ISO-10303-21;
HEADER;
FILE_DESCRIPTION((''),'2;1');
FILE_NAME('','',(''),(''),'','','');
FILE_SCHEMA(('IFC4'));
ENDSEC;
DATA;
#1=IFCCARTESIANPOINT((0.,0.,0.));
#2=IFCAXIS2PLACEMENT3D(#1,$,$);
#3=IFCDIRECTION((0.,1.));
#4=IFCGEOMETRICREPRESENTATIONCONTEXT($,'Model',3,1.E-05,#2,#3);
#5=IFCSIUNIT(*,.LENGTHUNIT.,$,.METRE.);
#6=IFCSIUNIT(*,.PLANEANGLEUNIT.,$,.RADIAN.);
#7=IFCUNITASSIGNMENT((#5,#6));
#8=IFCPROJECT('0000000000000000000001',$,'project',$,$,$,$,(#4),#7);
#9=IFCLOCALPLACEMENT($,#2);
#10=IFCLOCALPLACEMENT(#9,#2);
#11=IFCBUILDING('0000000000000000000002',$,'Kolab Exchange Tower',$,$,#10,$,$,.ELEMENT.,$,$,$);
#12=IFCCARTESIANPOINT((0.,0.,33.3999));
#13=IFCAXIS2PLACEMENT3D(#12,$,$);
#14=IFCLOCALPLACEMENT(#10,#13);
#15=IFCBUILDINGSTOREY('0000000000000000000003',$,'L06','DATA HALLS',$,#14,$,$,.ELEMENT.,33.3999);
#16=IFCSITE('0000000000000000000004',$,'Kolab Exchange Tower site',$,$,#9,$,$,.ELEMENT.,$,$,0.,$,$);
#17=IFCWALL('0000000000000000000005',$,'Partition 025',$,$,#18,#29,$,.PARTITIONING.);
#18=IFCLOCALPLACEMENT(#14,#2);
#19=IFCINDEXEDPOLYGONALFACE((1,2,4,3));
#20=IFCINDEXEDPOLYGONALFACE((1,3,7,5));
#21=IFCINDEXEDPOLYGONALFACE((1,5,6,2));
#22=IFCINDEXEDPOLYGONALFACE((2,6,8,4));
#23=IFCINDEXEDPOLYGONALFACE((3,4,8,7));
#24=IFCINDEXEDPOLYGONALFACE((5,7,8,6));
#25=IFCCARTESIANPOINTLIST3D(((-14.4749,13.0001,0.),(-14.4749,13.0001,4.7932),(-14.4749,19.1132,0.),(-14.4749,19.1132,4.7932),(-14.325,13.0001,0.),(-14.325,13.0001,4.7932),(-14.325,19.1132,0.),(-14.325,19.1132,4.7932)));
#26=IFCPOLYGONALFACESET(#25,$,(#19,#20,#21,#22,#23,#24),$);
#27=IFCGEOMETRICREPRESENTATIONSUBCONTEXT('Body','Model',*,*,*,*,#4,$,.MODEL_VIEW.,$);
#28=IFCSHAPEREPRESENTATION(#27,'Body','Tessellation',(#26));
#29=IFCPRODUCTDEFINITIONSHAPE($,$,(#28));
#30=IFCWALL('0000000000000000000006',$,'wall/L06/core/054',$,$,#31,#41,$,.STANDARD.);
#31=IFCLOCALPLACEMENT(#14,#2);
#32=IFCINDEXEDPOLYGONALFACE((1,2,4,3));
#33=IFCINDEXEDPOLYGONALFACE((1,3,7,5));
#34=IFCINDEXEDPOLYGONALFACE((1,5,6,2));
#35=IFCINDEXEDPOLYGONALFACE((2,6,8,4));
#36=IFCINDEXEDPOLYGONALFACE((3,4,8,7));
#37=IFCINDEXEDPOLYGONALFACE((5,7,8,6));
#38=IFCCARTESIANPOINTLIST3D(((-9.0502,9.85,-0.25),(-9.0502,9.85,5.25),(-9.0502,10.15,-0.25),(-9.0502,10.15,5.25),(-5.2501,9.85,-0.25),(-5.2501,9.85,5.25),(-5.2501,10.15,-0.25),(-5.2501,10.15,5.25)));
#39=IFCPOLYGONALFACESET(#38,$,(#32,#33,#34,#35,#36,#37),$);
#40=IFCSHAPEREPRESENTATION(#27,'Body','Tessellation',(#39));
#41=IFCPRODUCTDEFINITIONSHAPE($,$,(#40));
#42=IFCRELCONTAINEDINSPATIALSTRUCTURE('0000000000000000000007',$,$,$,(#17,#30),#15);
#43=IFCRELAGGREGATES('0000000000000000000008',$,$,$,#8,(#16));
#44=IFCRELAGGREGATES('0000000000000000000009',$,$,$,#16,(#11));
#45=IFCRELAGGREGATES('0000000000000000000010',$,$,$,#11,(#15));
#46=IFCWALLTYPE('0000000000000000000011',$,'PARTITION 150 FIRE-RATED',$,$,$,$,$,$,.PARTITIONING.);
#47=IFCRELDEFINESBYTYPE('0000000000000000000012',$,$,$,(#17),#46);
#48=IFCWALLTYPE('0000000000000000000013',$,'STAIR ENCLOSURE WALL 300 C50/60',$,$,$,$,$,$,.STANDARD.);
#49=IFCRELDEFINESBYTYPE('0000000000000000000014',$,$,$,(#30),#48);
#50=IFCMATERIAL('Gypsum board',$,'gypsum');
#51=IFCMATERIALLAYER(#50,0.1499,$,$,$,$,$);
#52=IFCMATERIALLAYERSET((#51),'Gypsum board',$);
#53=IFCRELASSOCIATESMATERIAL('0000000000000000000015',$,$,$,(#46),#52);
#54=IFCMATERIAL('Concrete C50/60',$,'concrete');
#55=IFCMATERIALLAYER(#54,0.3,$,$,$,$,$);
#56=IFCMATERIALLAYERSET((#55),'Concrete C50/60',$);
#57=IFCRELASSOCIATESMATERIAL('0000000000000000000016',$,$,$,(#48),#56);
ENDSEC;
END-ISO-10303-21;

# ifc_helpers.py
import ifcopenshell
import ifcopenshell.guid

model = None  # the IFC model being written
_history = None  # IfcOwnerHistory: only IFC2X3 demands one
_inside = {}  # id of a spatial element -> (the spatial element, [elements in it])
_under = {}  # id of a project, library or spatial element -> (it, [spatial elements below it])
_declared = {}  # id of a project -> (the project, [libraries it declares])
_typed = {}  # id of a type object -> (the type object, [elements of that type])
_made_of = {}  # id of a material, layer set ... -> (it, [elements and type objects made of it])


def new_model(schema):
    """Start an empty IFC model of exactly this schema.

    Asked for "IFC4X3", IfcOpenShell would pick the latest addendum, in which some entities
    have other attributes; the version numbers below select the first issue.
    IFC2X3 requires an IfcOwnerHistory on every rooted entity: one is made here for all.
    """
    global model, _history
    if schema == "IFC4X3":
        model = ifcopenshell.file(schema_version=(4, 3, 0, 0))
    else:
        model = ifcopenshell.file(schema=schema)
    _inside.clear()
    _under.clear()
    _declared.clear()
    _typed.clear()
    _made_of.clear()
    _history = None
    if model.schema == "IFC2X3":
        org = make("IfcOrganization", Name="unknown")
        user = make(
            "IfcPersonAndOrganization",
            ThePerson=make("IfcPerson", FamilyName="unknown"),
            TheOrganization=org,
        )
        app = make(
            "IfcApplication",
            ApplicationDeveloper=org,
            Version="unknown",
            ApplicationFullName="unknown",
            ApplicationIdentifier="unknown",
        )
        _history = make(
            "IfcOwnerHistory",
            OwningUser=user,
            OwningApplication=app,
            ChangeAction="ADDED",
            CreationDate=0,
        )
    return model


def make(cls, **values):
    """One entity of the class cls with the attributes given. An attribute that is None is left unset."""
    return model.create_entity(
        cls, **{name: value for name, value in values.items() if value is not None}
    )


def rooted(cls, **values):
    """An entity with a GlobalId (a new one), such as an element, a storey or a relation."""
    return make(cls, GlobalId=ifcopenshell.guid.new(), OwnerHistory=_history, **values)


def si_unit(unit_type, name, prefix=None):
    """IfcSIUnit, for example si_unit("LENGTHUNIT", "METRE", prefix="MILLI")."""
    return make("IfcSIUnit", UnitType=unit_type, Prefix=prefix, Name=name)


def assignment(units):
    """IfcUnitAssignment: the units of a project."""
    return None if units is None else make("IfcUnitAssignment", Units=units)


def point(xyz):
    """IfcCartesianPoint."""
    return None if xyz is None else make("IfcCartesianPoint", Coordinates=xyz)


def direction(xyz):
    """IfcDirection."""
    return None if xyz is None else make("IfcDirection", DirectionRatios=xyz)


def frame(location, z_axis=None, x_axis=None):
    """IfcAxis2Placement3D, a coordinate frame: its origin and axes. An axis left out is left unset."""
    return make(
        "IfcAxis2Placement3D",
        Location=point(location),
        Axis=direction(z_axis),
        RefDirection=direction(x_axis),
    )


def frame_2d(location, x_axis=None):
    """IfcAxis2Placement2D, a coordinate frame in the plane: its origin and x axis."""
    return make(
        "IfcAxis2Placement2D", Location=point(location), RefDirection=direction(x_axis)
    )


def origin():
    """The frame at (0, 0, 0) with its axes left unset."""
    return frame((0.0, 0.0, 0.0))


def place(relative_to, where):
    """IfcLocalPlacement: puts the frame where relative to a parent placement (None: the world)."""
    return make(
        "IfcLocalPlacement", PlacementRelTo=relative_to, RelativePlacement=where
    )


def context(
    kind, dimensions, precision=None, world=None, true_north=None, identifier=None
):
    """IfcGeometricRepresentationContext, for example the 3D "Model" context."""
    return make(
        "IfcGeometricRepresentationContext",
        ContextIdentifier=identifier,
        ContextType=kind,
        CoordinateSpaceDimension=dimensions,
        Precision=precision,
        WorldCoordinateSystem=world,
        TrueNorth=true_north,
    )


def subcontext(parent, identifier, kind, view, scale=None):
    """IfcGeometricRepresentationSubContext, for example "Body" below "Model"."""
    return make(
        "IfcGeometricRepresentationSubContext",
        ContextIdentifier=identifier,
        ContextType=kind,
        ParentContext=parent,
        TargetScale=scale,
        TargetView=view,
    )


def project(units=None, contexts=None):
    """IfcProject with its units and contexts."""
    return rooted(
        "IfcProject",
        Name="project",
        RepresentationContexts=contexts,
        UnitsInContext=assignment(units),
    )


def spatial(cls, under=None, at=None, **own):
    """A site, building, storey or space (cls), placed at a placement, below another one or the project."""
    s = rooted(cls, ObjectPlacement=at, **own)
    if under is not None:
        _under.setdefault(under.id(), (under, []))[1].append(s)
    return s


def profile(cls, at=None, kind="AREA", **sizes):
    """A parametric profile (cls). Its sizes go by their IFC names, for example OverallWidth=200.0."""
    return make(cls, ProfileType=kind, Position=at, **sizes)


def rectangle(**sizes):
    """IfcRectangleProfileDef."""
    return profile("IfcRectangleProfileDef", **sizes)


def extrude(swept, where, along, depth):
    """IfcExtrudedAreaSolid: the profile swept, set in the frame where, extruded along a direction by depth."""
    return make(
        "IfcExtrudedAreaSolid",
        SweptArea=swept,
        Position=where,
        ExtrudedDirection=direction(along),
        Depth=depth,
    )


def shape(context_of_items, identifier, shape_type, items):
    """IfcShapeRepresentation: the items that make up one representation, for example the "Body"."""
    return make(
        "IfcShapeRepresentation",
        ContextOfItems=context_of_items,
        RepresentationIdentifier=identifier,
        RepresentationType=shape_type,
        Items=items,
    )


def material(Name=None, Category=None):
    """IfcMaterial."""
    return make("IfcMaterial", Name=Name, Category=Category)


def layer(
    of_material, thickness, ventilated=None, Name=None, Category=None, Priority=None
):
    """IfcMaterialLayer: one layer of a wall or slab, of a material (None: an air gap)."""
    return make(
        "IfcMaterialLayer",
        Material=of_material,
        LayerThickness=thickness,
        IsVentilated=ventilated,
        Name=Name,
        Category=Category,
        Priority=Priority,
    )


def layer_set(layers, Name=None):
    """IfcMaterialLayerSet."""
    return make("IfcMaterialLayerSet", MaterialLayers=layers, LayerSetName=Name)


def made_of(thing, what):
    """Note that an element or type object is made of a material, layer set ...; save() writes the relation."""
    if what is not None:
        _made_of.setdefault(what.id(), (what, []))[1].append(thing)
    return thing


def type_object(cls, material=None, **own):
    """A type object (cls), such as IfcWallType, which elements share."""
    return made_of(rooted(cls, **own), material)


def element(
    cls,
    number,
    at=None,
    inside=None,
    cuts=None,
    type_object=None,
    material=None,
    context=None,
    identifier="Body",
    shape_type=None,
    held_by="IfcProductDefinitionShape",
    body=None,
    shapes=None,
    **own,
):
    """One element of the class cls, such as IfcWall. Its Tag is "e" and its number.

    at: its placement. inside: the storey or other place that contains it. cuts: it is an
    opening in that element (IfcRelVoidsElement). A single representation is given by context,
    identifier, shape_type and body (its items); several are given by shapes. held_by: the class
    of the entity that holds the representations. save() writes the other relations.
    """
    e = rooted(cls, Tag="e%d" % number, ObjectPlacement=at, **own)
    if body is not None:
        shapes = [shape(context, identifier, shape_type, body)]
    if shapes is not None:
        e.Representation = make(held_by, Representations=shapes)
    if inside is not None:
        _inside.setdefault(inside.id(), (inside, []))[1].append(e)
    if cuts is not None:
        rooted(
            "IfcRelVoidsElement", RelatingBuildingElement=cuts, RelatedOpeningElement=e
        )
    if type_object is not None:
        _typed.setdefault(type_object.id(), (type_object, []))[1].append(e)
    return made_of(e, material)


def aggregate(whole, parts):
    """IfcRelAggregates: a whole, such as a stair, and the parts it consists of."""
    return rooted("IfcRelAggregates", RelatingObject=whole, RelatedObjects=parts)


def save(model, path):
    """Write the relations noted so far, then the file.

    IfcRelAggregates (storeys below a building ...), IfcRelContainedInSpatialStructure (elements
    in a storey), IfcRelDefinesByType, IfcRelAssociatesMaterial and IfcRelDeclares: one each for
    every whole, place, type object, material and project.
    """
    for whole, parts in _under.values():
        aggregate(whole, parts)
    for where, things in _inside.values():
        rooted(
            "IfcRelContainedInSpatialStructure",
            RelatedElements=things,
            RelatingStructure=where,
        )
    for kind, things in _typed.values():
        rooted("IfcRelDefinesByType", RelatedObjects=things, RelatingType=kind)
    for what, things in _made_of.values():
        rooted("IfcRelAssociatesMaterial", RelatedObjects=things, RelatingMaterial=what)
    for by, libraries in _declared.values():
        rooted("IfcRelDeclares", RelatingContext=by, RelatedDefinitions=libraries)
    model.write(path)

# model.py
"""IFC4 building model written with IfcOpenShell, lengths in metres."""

from ifc_helpers import new_model, si_unit, direction, frame, frame_2d, origin, place, context, subcontext, project, spatial, rectangle, extrude, material, layer, layer_set, type_object, element, save


model = new_model("IFC4")

# Units and contexts
model_context = context("Model", 3, precision=1e-05, world=origin(), true_north=direction((0.0, 1.0)))
body_context = subcontext(model_context, "Body", "Model", "MODEL_VIEW")
ifc_project = project(units=[si_unit("LENGTHUNIT", "METRE"), si_unit("PLANEANGLEUNIT", "RADIAN")], contexts=[model_context])

# Site, building, storey
site_placement = place(None, origin())
site = spatial("IfcSite", under=ifc_project, at=site_placement, Name="Kolab Exchange Tower site", CompositionType="ELEMENT", RefElevation=0.0)
building_placement = place(site_placement, origin())
building = spatial("IfcBuilding", under=site, at=building_placement, Name="Kolab Exchange Tower", CompositionType="ELEMENT")
storey_placement = place(building_placement, frame((0.0, 0.0, 33.3999)))
storey = spatial("IfcBuildingStorey", under=building, at=storey_placement, Name="L06", Description="DATA HALLS", CompositionType="ELEMENT", Elevation=33.3999)

# Walls
ifc_material_1 = material(Name="Gypsum board", Category="gypsum")
ifc_layer_1 = layer(ifc_material_1, 0.1499)
ifc_layer_set_1 = layer_set([ifc_layer_1], Name="Gypsum board")
wall_type_1 = type_object("IfcWallType", Name="PARTITION 150 FIRE-RATED", PredefinedType="PARTITIONING", material=ifc_layer_set_1)
wall_1_placement = place(storey_placement, frame((-14.3999, 13.0, 0.0), z_axis=(0.0, 0.0, 1.0), x_axis=(0.0, 1.0, 0.0)))
element("IfcWall", 1, at=wall_1_placement, inside=storey, type_object=wall_type_1, Name="Partition 025", PredefinedType="PARTITIONING", context=body_context, shape_type="SweptSolid", body=[
    extrude(rectangle(XDim=6.113, YDim=0.1499, at=frame_2d((3.0566, 0.0))), origin(), (0.0, 0.0, 1.0), 4.7932),
])
ifc_material_2 = material(Name="Concrete C50/60", Category="concrete")
ifc_layer_2 = layer(ifc_material_2, 0.3)
ifc_layer_set_2 = layer_set([ifc_layer_2], Name="Concrete C50/60")
wall_type_2 = type_object("IfcWallType", Name="STAIR ENCLOSURE WALL 300 C50/60", PredefinedType="STANDARD", material=ifc_layer_set_2)
wall_2_placement = place(storey_placement, frame((-9.05, 10.0, -0.25), z_axis=(0.0, 0.0, 1.0), x_axis=(1.0, 0.0, 0.0)))
element("IfcWall", 2, at=wall_2_placement, inside=storey, type_object=wall_type_2, Name="wall/L06/core/054", PredefinedType="STANDARD", context=body_context, shape_type="SweptSolid", body=[
    extrude(rectangle(XDim=3.8, YDim=0.3, at=frame_2d((1.8999, 0.0))), origin(), (0.0, 0.0, 1.0), 5.5),
])

save(model, "model.ifc")
